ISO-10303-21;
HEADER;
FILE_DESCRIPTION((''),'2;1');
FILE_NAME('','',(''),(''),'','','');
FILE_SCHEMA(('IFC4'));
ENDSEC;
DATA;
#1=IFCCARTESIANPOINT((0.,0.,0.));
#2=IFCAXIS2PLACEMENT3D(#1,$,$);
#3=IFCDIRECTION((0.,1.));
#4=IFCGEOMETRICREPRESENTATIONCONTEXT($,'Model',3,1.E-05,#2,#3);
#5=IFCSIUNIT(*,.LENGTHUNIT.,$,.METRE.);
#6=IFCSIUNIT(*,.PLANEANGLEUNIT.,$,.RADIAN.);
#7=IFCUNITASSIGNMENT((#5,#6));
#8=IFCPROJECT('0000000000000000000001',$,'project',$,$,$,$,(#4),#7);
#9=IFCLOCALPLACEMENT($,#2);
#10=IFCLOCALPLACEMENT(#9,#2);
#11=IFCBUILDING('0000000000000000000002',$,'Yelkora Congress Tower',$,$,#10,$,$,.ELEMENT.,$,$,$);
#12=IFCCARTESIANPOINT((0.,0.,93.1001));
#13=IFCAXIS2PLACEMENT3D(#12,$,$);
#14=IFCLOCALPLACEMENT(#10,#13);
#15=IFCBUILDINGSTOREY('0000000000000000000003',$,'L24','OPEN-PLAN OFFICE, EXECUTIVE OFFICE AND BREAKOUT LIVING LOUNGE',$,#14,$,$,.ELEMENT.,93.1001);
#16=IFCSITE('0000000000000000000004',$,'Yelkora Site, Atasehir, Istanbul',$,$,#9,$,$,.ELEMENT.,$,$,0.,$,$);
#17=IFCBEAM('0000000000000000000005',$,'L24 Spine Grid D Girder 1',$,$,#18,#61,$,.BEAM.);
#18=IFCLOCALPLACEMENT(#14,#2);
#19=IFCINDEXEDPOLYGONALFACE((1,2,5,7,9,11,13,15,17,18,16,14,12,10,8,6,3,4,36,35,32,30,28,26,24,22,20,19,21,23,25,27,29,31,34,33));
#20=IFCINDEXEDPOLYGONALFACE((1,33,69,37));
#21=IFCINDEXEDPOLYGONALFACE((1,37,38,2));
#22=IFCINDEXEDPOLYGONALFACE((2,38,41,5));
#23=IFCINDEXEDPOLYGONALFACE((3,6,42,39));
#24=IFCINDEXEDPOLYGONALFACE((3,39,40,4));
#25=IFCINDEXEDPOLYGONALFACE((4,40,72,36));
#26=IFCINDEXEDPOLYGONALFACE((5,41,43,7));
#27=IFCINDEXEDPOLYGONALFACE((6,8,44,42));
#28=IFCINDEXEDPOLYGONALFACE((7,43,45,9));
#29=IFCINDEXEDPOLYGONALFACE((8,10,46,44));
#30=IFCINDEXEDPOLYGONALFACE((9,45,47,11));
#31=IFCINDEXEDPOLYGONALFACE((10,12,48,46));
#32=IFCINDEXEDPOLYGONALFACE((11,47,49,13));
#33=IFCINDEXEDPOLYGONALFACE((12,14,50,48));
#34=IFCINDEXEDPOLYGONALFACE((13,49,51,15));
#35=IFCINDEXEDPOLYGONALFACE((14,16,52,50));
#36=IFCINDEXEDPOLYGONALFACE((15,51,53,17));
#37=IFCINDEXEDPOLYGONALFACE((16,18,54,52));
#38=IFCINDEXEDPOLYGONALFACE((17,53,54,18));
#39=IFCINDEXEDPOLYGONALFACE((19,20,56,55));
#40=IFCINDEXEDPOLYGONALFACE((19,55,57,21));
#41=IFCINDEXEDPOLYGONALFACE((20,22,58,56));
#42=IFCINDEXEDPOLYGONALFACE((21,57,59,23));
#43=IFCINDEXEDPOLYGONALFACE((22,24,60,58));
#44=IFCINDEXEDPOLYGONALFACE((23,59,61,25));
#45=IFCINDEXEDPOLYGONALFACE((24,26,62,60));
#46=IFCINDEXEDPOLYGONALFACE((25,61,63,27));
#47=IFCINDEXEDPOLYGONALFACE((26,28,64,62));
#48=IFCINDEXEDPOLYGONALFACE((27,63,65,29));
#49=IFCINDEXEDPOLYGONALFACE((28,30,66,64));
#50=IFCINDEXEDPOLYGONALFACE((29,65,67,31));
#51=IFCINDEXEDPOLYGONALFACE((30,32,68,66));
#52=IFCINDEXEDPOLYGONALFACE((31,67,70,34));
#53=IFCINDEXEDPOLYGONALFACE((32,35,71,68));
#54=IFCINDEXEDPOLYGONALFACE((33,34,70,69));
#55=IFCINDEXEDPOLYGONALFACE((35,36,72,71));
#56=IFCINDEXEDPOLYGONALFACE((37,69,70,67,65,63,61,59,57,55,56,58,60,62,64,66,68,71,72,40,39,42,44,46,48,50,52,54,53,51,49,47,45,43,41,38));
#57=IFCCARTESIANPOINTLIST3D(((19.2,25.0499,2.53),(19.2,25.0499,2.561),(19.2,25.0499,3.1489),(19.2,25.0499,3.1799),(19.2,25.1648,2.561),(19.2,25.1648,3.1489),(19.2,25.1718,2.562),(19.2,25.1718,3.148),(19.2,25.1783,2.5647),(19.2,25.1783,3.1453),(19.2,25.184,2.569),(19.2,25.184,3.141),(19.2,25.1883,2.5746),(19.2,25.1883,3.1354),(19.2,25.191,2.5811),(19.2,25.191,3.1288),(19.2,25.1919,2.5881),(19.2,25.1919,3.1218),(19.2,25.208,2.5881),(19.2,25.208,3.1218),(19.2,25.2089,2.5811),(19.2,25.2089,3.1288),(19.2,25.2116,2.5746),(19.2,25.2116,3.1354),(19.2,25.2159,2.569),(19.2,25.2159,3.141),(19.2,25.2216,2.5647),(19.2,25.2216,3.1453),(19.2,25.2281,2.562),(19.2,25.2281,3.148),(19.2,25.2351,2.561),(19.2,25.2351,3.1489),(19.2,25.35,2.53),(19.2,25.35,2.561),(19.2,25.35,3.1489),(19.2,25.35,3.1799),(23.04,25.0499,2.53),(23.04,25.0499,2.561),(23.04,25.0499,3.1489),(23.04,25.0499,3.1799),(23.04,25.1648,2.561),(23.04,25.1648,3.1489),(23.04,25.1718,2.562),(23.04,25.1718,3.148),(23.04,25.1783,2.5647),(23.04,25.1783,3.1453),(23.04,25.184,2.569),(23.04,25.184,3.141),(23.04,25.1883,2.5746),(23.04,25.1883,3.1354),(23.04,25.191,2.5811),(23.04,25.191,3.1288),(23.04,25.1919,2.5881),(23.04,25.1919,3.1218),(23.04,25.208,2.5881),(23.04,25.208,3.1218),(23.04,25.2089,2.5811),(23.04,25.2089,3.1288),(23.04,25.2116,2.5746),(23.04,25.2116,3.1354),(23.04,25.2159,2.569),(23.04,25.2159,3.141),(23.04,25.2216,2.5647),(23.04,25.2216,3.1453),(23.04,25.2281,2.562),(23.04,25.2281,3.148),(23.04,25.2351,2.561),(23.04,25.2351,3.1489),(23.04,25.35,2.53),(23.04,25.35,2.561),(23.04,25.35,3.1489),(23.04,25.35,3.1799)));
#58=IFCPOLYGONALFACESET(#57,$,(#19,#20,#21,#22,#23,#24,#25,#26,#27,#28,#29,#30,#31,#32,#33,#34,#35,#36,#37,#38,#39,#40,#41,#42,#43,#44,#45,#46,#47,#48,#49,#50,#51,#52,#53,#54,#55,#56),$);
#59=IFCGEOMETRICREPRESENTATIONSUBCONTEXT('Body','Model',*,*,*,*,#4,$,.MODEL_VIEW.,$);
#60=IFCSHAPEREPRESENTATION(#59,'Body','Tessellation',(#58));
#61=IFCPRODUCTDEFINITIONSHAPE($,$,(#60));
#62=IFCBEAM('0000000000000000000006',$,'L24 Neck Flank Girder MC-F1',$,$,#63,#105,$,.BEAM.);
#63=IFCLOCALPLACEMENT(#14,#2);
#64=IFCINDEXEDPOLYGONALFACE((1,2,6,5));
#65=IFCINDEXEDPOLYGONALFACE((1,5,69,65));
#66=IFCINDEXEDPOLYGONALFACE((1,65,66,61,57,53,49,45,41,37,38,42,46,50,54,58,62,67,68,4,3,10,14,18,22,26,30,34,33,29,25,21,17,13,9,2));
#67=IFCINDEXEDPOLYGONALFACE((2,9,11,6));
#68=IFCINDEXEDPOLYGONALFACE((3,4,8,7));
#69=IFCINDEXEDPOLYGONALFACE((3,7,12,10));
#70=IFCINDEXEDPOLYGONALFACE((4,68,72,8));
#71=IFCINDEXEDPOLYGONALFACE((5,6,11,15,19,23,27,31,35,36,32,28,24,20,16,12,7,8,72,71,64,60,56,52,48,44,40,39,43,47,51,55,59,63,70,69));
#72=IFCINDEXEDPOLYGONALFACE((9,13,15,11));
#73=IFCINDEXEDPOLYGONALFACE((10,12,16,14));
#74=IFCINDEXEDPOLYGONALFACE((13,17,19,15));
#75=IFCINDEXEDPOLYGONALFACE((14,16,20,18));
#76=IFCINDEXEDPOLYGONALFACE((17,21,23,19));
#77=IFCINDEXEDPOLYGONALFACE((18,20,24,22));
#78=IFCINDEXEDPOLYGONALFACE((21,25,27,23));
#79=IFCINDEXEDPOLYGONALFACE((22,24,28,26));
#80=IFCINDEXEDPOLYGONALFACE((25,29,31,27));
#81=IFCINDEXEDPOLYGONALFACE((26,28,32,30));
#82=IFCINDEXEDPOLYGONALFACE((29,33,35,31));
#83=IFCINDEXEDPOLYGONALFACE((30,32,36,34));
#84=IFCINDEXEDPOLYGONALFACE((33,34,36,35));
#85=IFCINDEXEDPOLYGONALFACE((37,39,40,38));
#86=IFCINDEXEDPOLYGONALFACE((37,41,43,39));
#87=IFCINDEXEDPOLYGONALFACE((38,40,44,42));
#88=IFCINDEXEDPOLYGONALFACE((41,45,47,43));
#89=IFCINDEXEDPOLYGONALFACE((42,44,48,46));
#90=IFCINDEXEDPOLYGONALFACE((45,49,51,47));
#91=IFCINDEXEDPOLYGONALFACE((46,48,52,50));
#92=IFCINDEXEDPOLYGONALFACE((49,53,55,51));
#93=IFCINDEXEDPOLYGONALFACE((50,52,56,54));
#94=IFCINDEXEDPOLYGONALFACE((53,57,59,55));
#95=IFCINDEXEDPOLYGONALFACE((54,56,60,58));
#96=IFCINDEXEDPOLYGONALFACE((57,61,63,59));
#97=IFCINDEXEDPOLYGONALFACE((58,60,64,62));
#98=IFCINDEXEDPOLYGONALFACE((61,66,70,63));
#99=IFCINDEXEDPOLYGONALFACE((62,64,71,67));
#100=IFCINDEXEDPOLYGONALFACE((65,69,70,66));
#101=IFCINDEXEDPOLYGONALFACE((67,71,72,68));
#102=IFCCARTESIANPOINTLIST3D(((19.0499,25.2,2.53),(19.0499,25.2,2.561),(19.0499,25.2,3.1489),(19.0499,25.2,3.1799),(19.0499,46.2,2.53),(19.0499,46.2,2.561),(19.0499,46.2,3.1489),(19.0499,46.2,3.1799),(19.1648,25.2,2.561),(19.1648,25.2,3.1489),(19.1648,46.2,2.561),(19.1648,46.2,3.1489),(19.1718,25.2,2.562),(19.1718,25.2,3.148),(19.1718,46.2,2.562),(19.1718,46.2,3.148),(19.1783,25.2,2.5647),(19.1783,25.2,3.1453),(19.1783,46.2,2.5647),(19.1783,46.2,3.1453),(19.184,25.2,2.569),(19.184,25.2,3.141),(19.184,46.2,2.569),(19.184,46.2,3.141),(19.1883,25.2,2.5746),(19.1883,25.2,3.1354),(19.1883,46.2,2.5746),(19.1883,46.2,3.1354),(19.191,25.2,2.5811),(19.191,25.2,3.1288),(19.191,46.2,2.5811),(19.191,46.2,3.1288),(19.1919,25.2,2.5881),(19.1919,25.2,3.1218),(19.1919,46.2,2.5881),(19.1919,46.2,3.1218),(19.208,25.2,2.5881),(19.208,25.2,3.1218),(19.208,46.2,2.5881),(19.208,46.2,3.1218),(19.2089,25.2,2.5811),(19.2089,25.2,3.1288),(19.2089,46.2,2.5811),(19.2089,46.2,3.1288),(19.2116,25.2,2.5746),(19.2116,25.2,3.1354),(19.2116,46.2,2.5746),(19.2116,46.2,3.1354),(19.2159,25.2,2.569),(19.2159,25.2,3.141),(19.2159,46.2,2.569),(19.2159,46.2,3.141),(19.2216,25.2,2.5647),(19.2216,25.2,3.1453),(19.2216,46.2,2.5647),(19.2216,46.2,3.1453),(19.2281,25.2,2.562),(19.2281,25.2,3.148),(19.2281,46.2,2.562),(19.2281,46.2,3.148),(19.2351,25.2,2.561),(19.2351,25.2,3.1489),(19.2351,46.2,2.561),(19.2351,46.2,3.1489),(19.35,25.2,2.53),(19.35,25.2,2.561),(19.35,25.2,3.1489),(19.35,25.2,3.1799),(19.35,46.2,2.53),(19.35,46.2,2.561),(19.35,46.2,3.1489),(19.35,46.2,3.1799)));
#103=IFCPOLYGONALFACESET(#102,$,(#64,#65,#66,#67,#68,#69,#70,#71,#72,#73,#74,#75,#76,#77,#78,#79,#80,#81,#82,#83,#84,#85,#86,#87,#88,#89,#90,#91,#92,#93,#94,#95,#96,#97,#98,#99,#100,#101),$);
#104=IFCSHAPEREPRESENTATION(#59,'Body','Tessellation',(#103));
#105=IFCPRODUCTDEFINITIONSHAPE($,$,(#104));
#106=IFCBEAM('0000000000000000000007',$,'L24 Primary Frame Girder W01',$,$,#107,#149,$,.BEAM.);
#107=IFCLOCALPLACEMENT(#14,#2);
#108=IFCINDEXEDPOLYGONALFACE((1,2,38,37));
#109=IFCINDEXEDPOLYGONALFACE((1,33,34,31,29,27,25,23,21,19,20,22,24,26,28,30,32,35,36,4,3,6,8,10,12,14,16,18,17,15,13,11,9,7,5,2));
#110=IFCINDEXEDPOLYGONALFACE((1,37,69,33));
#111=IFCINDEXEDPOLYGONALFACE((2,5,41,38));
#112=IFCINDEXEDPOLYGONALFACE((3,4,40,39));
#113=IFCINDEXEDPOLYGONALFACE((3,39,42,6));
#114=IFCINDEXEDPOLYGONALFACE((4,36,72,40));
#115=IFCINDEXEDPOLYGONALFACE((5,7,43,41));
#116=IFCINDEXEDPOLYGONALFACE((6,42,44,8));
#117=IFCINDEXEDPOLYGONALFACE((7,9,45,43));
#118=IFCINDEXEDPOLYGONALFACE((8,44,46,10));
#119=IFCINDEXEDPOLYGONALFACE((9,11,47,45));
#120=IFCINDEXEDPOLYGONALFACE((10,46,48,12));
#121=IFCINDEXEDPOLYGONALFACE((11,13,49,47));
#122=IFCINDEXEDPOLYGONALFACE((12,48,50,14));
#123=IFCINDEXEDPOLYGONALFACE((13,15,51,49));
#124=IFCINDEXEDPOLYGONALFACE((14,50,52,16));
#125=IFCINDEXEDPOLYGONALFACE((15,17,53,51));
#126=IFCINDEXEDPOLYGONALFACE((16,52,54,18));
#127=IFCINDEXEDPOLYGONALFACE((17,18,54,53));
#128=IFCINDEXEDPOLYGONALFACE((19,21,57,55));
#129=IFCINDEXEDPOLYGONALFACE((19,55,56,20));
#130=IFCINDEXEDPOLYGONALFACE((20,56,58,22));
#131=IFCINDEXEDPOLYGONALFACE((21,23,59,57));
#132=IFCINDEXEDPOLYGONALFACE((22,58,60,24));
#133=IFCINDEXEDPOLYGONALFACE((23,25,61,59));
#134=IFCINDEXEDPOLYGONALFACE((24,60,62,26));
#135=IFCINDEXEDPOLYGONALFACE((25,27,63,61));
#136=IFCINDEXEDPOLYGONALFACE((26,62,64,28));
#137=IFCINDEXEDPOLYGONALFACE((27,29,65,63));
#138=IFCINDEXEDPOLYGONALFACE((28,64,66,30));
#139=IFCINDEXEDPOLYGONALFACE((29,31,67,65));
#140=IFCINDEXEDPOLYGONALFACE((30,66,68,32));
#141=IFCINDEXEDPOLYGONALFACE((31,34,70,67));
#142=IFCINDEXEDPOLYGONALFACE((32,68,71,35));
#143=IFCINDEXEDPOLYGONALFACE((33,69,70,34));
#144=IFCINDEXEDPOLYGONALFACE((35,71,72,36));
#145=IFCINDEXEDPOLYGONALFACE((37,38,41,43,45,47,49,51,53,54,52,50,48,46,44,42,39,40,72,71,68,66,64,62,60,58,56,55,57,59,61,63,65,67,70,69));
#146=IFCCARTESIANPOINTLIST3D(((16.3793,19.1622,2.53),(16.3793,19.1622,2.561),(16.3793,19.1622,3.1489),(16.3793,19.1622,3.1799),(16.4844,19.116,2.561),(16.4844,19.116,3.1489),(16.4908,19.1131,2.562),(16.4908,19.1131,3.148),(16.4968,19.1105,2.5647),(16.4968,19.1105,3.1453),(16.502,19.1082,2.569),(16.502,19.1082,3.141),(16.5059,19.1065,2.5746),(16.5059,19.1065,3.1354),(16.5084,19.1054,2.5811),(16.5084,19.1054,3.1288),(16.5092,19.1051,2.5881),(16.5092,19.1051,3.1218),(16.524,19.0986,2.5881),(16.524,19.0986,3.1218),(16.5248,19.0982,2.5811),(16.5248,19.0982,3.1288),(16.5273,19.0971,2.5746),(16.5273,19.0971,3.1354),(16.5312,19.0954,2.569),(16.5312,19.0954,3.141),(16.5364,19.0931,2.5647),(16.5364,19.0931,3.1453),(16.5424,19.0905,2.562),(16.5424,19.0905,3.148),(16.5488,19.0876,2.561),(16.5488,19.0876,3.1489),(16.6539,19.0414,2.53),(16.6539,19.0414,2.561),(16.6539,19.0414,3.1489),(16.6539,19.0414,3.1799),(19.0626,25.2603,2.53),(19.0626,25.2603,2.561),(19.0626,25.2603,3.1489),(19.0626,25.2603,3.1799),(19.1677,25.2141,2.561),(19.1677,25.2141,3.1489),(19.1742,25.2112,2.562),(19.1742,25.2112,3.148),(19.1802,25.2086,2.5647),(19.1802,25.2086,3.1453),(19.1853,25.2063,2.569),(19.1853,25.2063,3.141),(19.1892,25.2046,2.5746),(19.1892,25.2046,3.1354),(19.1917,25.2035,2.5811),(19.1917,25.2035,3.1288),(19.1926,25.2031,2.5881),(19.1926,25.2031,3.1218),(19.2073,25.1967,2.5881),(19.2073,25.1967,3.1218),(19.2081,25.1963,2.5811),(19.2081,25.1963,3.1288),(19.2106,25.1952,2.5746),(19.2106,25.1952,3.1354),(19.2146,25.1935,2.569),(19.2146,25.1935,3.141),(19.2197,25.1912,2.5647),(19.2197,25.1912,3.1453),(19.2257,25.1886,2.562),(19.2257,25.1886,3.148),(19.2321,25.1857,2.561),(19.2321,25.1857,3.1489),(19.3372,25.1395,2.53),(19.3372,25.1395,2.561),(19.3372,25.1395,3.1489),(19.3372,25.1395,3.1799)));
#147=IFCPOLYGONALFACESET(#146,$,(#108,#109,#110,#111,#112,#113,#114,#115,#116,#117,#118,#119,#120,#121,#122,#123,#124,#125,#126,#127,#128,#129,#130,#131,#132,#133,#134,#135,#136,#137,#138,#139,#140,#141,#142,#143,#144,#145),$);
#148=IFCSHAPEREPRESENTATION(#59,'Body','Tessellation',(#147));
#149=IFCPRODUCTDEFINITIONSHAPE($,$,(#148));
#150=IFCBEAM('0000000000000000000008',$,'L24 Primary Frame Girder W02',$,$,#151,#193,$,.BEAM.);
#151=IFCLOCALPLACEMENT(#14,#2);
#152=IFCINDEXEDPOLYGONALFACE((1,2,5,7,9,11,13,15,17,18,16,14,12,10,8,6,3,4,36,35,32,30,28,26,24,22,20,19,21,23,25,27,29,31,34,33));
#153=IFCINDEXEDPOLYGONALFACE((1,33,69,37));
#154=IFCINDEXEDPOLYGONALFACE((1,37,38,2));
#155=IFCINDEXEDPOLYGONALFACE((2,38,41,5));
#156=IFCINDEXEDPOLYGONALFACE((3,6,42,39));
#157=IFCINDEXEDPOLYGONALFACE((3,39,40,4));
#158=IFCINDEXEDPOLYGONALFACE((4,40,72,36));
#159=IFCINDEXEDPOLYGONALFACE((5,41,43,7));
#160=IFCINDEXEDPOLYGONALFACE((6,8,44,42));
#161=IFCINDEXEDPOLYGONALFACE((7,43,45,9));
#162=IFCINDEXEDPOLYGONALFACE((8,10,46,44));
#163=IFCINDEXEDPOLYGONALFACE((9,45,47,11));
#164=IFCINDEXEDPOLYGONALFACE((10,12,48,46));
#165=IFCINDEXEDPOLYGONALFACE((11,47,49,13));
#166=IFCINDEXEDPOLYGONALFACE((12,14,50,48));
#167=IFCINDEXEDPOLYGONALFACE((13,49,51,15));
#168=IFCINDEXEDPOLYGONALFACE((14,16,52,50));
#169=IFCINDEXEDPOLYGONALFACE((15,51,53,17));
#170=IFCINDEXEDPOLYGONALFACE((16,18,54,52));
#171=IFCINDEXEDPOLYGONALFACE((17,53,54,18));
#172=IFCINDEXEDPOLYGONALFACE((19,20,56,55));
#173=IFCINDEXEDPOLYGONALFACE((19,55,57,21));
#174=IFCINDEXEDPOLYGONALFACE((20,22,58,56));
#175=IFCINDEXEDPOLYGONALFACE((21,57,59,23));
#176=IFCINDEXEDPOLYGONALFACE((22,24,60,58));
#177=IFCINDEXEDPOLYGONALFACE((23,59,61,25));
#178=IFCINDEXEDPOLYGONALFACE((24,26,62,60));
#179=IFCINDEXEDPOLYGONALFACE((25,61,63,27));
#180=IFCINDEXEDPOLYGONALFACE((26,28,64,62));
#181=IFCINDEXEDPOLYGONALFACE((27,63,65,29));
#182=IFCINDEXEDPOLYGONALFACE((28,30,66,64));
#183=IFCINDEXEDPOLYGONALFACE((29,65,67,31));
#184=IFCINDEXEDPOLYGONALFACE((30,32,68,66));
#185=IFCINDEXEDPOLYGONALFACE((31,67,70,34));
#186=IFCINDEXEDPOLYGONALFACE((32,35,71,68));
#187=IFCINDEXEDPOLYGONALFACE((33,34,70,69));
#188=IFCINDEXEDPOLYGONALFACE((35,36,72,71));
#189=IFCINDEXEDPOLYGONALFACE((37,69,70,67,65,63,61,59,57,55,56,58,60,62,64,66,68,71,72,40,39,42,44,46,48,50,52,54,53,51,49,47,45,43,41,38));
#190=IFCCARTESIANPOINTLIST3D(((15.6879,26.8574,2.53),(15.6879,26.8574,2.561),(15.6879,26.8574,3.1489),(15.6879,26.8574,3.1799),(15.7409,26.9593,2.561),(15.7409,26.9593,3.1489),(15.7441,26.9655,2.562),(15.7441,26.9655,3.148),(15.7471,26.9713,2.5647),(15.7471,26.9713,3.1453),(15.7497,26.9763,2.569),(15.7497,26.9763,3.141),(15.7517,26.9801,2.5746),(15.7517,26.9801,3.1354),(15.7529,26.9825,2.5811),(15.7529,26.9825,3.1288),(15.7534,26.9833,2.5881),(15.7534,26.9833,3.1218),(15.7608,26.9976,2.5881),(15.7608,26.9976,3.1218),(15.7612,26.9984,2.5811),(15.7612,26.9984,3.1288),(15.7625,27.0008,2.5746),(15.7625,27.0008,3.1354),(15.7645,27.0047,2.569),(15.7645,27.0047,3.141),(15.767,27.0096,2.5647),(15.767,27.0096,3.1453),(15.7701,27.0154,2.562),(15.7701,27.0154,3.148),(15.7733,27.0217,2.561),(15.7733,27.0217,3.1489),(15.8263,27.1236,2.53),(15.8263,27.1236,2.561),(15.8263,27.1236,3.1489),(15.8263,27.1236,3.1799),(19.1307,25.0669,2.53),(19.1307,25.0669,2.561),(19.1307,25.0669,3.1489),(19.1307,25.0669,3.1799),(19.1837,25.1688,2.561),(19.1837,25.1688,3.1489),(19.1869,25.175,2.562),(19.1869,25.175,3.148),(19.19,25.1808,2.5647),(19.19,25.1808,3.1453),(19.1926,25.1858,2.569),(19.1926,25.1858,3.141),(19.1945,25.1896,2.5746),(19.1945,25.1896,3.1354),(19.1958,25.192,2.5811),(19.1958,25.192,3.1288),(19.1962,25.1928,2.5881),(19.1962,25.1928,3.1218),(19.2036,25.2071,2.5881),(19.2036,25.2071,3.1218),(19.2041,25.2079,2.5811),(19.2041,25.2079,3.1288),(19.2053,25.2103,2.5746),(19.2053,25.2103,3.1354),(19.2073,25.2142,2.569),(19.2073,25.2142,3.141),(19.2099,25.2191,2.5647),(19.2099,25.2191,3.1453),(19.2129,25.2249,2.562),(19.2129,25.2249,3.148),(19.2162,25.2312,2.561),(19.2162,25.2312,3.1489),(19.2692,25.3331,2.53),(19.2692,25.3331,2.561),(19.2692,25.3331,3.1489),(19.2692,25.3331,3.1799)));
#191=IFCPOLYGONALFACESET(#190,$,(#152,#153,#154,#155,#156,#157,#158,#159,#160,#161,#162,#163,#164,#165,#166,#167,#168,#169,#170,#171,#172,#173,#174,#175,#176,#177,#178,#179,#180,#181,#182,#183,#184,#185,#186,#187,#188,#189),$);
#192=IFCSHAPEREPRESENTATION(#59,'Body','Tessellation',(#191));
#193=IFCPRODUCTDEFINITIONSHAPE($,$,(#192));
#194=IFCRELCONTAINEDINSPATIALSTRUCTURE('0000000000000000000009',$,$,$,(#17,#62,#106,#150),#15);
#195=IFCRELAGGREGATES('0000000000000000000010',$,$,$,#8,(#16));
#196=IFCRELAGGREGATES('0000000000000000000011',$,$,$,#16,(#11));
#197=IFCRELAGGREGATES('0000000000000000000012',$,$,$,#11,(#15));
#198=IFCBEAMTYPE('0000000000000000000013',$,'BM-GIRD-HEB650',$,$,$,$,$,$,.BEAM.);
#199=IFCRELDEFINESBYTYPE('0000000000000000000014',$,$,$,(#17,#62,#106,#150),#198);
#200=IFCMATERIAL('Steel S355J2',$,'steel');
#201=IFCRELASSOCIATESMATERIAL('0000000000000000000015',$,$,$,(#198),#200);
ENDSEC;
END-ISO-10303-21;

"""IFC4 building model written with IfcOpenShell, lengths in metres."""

from ifc_helpers import new_model, si_unit, direction, frame, origin, origin_2d, place, context, subcontext, project, spatial, i_section, extrude, material, material_profile, profile_set, type_object, element, save


model = new_model("IFC4")

# Units and contexts
model_context = context("Model", 3, precision=1e-05, world=origin(), true_north=direction((0.0, 1.0)))
body_context = subcontext(model_context, "Body", "Model", "MODEL_VIEW")
ifc_project = project(units=[si_unit("LENGTHUNIT", "METRE"), si_unit("PLANEANGLEUNIT", "RADIAN")], contexts=[model_context])

# Site, building, storey
site_placement = place(None, origin())
site = spatial("IfcSite", under=ifc_project, at=site_placement, Name="Yelkora Site, Atasehir, Istanbul", CompositionType="ELEMENT", RefElevation=0.0)
building_placement = place(site_placement, origin())
building = spatial("IfcBuilding", under=site, at=building_placement, Name="Yelkora Congress Tower", CompositionType="ELEMENT")
storey_placement = place(building_placement, frame((0.0, 0.0, 93.1001)))
storey = spatial("IfcBuildingStorey", under=building, at=storey_placement, Name="L24", Description="OPEN-PLAN OFFICE, EXECUTIVE OFFICE AND BREAKOUT LIVING LOUNGE", CompositionType="ELEMENT", Elevation=93.1001)

# Beams
ifc_material_1 = material(Name="Steel S355J2", Category="steel")
ifc_material_profile_1 = material_profile(ifc_material_1, i_section(OverallWidth=0.3, OverallDepth=0.6499, WebThickness=0.0161, FlangeThickness=0.031, FilletRadius=0.0271, at=origin_2d()), Name="HEB 650")
ifc_profile_set_1 = profile_set([ifc_material_profile_1], Name="Steel S355J2")
beam_type_1 = type_object("IfcBeamType", Name="BM-GIRD-HEB650", PredefinedType="BEAM", material=ifc_profile_set_1)
beam_1_placement = place(storey_placement, frame((19.2, 25.2, 2.855), z_axis=(1.0, 0.0, 0.0), x_axis=(0.0, 1.0, 0.0)))
element("IfcBeam", 1, at=beam_1_placement, inside=storey, type_object=beam_type_1, Name="L24 Spine Grid D Girder 1", PredefinedType="BEAM", context=body_context, shape_type="SweptSolid", body=[
    extrude(i_section(OverallWidth=0.3, OverallDepth=0.6499, WebThickness=0.0161, FlangeThickness=0.031, FilletRadius=0.0271, at=origin_2d()), origin(), (0.0, 0.0, 1.0), 3.8401),
])
beam_2_placement = place(storey_placement, frame((19.2, 25.2, 2.855), z_axis=(0.0, 1.0, 0.0), x_axis=(-1.0, 0.0, 0.0)))
element("IfcBeam", 2, at=beam_2_placement, inside=storey, type_object=beam_type_1, Name="L24 Neck Flank Girder MC-F1", PredefinedType="BEAM", context=body_context, shape_type="SweptSolid", body=[
    extrude(i_section(OverallWidth=0.3, OverallDepth=0.6499, WebThickness=0.0161, FlangeThickness=0.031, FilletRadius=0.0271, at=origin_2d()), origin(), (0.0, 0.0, 1.0), 21.0),
])
beam_3_placement = place(storey_placement, frame((16.5166, 19.1018, 2.855), z_axis=(0.402759, 0.915306, 0.0), x_axis=(-0.915306, 0.402759, 0.0)))
element("IfcBeam", 3, at=beam_3_placement, inside=storey, type_object=beam_type_1, Name="L24 Primary Frame Girder W01", PredefinedType="BEAM", context=body_context, shape_type="SweptSolid", body=[
    extrude(i_section(OverallWidth=0.3, OverallDepth=0.6499, WebThickness=0.0161, FlangeThickness=0.031, FilletRadius=0.0271, at=origin_2d()), origin(), (0.0, 0.0, 1.0), 6.6624),
])
beam_4_placement = place(storey_placement, frame((15.7571, 26.9905, 2.855), z_axis=(0.887192, -0.4614, 0.0), x_axis=(0.4614, 0.887192, 0.0)))
element("IfcBeam", 4, at=beam_4_placement, inside=storey, type_object=beam_type_1, Name="L24 Primary Frame Girder W02", PredefinedType="BEAM", context=body_context, shape_type="SweptSolid", body=[
    extrude(i_section(OverallWidth=0.3, OverallDepth=0.6499, WebThickness=0.0161, FlangeThickness=0.031, FilletRadius=0.0271, at=origin_2d()), origin(), (0.0, 0.0, 1.0), 3.8806),
])

save(model, "model.ifc")
